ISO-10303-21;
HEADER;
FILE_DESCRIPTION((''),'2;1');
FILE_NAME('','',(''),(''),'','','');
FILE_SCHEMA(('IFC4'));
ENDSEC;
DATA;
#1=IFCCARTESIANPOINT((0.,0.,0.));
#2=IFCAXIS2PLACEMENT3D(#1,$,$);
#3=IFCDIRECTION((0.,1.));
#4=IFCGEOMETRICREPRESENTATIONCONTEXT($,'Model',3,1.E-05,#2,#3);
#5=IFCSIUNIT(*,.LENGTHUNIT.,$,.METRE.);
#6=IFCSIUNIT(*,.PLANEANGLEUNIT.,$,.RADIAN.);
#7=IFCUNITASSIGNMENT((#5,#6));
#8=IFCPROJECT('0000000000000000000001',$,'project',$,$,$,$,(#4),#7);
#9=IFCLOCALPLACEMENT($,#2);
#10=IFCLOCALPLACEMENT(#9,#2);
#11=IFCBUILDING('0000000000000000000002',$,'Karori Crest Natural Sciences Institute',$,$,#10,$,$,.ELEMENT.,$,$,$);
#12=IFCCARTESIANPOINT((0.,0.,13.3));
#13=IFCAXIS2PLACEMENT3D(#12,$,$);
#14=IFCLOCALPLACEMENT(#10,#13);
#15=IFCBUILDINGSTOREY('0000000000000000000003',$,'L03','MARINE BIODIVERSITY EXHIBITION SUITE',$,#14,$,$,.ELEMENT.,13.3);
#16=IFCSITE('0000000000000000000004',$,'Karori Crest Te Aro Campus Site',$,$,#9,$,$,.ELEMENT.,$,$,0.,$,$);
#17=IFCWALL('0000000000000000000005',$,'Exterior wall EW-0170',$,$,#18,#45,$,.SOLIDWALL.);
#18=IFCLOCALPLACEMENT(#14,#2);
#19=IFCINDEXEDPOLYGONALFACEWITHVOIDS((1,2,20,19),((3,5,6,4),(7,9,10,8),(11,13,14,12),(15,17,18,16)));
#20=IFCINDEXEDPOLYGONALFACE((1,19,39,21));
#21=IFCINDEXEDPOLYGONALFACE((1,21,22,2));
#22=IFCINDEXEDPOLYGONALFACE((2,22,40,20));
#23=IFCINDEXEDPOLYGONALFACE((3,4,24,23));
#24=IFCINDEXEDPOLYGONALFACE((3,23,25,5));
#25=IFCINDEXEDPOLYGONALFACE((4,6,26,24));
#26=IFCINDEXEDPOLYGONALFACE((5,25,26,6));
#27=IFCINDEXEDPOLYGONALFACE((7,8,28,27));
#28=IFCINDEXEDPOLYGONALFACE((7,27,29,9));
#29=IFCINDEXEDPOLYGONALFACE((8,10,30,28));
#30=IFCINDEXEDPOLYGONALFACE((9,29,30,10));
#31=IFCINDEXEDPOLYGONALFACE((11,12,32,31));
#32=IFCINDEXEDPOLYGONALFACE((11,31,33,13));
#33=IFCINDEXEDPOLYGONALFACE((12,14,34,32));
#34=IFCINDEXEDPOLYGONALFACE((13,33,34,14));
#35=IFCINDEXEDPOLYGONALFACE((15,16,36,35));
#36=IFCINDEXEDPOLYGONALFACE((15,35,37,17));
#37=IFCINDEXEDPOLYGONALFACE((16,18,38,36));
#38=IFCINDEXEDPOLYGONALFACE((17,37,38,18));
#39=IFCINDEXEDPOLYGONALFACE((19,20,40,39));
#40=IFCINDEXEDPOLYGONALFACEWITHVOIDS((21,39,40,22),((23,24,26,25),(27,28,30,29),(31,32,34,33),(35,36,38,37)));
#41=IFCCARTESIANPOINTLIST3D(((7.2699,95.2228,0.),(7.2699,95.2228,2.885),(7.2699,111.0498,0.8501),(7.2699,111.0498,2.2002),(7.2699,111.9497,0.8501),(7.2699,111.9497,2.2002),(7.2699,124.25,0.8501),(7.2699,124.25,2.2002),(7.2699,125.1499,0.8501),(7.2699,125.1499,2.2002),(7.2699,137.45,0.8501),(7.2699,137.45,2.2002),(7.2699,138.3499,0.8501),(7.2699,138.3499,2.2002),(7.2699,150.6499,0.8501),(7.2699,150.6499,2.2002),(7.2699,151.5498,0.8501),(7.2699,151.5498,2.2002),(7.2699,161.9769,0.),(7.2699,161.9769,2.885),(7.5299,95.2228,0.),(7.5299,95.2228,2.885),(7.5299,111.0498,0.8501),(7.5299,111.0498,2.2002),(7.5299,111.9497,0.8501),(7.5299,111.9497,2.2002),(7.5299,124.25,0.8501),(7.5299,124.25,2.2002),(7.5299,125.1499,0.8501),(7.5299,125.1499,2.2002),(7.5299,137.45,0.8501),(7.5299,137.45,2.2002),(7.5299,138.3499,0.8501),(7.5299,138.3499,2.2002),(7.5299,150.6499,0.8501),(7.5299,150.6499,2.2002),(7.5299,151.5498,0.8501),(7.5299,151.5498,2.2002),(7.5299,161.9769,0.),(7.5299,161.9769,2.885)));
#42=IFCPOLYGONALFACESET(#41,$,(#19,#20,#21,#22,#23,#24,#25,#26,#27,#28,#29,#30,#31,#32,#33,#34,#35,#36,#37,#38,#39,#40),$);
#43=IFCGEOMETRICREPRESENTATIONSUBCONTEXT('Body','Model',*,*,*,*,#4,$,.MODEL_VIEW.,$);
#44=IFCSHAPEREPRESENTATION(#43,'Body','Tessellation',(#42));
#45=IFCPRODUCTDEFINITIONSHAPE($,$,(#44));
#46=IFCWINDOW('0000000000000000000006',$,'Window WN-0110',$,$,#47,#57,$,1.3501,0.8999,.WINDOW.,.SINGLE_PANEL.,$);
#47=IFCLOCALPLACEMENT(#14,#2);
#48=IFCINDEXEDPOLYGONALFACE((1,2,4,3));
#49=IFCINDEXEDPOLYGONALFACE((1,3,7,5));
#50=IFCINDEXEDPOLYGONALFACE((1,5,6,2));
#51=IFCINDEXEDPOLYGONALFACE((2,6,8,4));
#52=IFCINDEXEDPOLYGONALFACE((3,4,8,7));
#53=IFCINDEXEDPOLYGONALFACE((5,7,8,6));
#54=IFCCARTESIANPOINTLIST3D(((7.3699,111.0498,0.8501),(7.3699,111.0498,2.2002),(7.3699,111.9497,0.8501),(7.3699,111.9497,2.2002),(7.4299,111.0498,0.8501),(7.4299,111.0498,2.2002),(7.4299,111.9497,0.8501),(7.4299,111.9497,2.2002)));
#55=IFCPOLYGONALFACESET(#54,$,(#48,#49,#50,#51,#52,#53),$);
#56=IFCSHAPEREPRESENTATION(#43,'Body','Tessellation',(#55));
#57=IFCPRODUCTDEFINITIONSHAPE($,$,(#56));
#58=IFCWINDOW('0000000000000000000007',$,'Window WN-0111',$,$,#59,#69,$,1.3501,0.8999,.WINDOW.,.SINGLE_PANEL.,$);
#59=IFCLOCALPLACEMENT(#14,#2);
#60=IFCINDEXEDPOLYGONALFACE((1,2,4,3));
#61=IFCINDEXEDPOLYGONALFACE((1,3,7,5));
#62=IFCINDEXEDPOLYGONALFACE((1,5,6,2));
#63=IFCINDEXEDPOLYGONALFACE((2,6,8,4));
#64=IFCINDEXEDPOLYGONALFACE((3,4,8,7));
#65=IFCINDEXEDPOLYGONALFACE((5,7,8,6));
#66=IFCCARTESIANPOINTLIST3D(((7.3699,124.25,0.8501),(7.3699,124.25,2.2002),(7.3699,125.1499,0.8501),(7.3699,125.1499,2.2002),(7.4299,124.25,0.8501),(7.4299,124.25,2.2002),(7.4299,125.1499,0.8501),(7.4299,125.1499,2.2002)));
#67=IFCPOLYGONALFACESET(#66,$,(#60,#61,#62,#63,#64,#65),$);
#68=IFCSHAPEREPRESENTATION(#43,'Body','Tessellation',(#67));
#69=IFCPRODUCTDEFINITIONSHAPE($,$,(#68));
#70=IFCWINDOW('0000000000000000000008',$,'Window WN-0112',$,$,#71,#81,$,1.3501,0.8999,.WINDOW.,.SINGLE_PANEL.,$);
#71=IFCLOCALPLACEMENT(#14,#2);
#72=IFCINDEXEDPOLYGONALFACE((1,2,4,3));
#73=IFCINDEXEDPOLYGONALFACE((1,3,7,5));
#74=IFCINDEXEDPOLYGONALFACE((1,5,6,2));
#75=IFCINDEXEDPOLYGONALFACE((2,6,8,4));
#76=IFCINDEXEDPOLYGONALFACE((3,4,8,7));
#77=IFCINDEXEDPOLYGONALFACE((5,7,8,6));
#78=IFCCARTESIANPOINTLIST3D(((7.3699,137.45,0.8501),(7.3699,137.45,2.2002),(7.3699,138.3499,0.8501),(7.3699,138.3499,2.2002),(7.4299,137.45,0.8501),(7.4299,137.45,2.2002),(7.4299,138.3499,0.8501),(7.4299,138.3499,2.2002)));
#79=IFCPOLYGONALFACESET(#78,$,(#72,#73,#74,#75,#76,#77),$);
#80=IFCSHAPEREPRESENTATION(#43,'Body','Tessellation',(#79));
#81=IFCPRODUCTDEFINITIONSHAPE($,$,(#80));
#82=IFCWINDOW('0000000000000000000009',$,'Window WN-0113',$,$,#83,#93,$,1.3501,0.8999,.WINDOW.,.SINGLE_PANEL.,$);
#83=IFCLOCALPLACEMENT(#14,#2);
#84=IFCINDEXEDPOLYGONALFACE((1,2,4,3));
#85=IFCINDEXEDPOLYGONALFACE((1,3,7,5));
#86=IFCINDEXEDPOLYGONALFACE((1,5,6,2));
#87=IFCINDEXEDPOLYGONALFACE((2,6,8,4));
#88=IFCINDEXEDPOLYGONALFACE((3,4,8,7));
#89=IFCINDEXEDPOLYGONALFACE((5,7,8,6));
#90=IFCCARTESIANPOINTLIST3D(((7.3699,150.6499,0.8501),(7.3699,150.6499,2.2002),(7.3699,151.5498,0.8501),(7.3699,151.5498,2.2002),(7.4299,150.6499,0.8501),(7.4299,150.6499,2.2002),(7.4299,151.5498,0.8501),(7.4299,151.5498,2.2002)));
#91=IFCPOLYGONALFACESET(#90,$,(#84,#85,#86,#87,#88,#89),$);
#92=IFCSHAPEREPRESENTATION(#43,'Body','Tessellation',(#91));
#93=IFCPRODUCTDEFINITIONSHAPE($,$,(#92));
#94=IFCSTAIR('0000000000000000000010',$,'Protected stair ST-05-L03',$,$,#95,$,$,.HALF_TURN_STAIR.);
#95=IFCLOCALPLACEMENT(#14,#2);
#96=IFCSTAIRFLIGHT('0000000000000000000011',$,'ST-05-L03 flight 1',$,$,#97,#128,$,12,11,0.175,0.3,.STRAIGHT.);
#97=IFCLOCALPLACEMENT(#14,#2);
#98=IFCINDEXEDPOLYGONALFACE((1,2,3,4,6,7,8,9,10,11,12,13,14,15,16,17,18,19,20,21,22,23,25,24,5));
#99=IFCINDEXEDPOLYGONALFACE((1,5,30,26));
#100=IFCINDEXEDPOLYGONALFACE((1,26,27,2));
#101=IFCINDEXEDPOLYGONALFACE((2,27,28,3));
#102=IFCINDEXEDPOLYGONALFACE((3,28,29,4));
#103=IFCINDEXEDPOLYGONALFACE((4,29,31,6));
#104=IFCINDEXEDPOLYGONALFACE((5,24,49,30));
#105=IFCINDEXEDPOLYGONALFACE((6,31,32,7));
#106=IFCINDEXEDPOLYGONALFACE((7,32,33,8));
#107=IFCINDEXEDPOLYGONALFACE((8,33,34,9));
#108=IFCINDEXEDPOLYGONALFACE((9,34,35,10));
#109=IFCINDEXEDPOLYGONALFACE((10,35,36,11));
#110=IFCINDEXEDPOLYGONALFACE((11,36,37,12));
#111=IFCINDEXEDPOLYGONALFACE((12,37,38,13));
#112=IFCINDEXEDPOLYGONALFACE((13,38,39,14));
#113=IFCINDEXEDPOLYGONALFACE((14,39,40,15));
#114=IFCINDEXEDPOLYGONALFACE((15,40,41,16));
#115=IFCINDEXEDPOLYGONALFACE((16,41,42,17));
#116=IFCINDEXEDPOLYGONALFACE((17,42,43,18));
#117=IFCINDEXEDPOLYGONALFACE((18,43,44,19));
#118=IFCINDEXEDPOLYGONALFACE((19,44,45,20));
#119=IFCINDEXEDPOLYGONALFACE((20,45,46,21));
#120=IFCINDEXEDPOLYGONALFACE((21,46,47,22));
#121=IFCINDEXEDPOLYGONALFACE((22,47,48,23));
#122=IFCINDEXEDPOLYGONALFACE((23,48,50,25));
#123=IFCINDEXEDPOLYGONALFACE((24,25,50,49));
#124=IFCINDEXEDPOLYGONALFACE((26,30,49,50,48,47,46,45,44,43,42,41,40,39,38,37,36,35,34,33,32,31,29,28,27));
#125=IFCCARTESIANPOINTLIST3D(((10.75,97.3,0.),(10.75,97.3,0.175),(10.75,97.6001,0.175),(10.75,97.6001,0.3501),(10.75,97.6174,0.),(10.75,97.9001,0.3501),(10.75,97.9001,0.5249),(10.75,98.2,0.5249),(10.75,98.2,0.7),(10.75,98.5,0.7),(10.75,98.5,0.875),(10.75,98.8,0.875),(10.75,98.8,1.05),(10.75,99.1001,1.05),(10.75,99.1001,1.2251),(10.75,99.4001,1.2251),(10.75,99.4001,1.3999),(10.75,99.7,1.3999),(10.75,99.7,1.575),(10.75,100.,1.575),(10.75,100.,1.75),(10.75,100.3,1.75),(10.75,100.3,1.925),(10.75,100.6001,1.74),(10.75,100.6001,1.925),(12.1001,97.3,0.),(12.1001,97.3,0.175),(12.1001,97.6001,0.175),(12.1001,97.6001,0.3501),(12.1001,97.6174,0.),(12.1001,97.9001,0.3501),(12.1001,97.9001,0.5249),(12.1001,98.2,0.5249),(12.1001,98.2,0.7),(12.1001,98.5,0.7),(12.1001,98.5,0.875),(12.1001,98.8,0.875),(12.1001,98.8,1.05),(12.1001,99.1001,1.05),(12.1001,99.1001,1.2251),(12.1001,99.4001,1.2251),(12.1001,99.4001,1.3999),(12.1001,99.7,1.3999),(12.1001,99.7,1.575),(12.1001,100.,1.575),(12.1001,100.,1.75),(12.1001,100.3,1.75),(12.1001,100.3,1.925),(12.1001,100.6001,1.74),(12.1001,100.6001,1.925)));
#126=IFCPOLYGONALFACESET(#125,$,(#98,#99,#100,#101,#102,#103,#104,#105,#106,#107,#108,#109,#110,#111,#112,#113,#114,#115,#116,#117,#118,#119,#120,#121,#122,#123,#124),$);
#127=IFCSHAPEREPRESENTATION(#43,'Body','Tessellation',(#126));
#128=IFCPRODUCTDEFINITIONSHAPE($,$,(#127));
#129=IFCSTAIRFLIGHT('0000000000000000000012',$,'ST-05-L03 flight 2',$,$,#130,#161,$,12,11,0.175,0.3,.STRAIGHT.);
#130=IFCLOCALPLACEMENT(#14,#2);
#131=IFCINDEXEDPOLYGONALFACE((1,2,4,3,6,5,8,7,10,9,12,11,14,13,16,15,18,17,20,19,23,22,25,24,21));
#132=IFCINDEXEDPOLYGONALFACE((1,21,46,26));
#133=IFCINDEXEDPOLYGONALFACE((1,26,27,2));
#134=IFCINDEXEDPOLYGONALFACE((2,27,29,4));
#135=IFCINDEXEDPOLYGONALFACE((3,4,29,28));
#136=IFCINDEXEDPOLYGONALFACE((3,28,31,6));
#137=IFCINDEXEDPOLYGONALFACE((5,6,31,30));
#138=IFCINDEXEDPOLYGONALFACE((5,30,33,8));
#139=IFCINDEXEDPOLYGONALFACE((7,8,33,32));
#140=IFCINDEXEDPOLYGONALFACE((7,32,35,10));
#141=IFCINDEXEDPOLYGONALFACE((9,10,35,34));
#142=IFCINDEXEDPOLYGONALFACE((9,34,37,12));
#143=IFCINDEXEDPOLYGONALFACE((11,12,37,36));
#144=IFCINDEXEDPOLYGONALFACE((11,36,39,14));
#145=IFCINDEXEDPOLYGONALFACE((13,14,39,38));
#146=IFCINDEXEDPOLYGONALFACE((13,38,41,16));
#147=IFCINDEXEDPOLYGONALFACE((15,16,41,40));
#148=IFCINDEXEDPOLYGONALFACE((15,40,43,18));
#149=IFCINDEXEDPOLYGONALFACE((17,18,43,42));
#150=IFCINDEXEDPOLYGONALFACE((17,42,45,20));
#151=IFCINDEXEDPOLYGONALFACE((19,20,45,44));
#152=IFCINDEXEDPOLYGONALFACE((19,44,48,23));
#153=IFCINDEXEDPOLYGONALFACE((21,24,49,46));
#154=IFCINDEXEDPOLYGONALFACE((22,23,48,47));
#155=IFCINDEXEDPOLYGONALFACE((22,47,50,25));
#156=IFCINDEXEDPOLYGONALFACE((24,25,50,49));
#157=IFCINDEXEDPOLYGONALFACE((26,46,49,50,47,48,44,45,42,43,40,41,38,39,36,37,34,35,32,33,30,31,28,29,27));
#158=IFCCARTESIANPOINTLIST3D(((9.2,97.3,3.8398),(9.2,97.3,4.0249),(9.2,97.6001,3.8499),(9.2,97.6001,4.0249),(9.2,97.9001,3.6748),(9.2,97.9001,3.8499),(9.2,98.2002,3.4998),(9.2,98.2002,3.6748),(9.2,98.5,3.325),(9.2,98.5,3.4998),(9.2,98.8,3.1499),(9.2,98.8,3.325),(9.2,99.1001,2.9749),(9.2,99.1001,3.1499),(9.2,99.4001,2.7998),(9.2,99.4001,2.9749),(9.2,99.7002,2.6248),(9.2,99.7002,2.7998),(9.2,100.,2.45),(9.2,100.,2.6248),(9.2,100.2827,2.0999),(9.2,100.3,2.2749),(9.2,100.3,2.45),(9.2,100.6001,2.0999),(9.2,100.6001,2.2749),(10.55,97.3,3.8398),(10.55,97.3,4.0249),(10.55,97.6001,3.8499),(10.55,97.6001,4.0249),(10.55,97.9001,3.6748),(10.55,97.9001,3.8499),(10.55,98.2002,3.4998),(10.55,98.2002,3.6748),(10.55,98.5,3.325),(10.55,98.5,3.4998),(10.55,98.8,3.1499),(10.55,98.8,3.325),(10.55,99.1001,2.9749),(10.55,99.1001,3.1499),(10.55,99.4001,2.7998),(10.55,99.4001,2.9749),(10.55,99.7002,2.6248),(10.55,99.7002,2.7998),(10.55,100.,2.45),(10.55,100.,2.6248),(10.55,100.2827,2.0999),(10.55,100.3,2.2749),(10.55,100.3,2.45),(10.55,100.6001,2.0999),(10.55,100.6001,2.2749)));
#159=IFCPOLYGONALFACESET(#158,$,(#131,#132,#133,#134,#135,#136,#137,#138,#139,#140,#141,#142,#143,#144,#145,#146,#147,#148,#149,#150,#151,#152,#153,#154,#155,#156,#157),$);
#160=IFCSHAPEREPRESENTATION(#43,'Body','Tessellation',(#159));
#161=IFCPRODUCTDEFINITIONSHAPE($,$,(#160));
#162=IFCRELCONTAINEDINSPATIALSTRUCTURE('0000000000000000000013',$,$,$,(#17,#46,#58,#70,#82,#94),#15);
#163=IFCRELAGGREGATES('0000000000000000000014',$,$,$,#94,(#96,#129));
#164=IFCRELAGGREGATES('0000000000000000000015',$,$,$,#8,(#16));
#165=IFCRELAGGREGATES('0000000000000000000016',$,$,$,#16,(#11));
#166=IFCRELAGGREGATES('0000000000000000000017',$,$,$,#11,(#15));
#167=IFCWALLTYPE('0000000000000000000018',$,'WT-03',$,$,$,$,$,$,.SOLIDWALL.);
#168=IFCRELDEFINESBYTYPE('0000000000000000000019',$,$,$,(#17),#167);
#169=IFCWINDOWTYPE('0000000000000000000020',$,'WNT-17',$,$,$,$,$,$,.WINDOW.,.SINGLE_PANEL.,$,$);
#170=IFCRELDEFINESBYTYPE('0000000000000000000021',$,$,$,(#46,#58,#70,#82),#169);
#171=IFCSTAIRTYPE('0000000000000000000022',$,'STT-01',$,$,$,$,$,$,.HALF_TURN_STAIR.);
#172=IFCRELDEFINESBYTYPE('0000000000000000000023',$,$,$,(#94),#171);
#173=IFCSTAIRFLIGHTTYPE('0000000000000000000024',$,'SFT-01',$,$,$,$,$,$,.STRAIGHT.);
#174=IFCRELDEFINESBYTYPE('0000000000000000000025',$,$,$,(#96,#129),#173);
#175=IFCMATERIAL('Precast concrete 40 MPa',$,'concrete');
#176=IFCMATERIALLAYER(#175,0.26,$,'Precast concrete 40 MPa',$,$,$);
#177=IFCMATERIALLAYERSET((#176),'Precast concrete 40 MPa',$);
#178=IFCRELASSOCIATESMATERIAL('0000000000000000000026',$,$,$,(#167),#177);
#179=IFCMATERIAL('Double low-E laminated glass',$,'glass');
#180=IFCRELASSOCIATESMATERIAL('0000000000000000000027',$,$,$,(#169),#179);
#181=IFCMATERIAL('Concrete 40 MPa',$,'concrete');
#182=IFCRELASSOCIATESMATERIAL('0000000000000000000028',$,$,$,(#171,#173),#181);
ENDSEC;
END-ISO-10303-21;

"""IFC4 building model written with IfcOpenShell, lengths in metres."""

from ifc_helpers import new_model, si_unit, direction, frame, frame_2d, origin, place, context, subcontext, project, spatial, polyline, rectangle, outline, extrude, material, layer, layer_set, type_object, element, fill, aggregate, save


model = new_model("IFC4")

# Units and contexts
model_context = context("Model", 3, precision=1e-05, world=origin(), true_north=direction((0.0, 1.0)))
body_context = subcontext(model_context, "Body", "Model", "MODEL_VIEW")
ifc_project = project(units=[si_unit("LENGTHUNIT", "METRE"), si_unit("PLANEANGLEUNIT", "RADIAN")], contexts=[model_context])

# Site, building, storey
site_placement = place(None, origin())
site = spatial("IfcSite", under=ifc_project, at=site_placement, Name="Karori Crest Te Aro Campus Site", CompositionType="ELEMENT", RefElevation=0.0)
building_placement = place(site_placement, origin())
building = spatial("IfcBuilding", under=site, at=building_placement, Name="Karori Crest Natural Sciences Institute", CompositionType="ELEMENT")
storey_placement = place(building_placement, frame((0.0, 0.0, 13.3)))
storey = spatial("IfcBuildingStorey", under=building, at=storey_placement, Name="L03", Description="MARINE BIODIVERSITY EXHIBITION SUITE", CompositionType="ELEMENT", Elevation=13.3)

# Wall, openings, windows
ifc_material_1 = material(Name="Precast concrete 40 MPa", Category="concrete")
ifc_layer_1 = layer(ifc_material_1, 0.26, Name="Precast concrete 40 MPa")
ifc_layer_set_1 = layer_set([ifc_layer_1], Name="Precast concrete 40 MPa")
wall_type_1 = type_object("IfcWallType", Name="WT-03", PredefinedType="SOLIDWALL", material=ifc_layer_set_1)
wall_1_placement = place(storey_placement, frame((7.3999, 95.2229, 0.0), z_axis=(0.0, 0.0, 1.0), x_axis=(0.0, 1.0, 0.0)))
wall_1 = element("IfcWall", 1, at=wall_1_placement, inside=storey, type_object=wall_type_1, Name="Exterior wall EW-0170", PredefinedType="SOLIDWALL", context=body_context, shape_type="SweptSolid", body=[
    extrude(rectangle(XDim=66.7542, YDim=0.26, at=frame_2d((33.377, 0.0))), origin(), (0.0, 0.0, 1.0), 2.885),
])
opening_1_placement = place(wall_1_placement, frame((15.8269, 0.0, 0.8501)))
opening_1 = element("IfcOpeningElement", 2, at=opening_1_placement, cuts=wall_1, PredefinedType="OPENING", context=body_context, shape_type="SweptSolid", body=[
    extrude(rectangle(XDim=0.8999, YDim=1.3501, at=frame_2d((0.45, 0.675))), frame((0.0, 0.1401, 0.0), z_axis=(0.0, -1.0, 0.0), x_axis=(1.0, 0.0, 0.0)), (0.0, 0.0, 1.0), 0.28),
])
opening_2_placement = place(wall_1_placement, frame((29.0271, 0.0, 0.8501)))
opening_2 = element("IfcOpeningElement", 3, at=opening_2_placement, cuts=wall_1, PredefinedType="OPENING", context=body_context, shape_type="SweptSolid", body=[
    extrude(rectangle(XDim=0.8999, YDim=1.3501, at=frame_2d((0.45, 0.675))), frame((0.0, 0.1401, 0.0), z_axis=(0.0, -1.0, 0.0), x_axis=(1.0, 0.0, 0.0)), (0.0, 0.0, 1.0), 0.28),
])
opening_3_placement = place(wall_1_placement, frame((42.2271, 0.0, 0.8501)))
opening_3 = element("IfcOpeningElement", 4, at=opening_3_placement, cuts=wall_1, PredefinedType="OPENING", context=body_context, shape_type="SweptSolid", body=[
    extrude(rectangle(XDim=0.8999, YDim=1.3501, at=frame_2d((0.45, 0.675))), frame((0.0, 0.1401, 0.0), z_axis=(0.0, -1.0, 0.0), x_axis=(1.0, 0.0, 0.0)), (0.0, 0.0, 1.0), 0.28),
])
opening_4_placement = place(wall_1_placement, frame((55.427, 0.0, 0.8501)))
opening_4 = element("IfcOpeningElement", 5, at=opening_4_placement, cuts=wall_1, PredefinedType="OPENING", context=body_context, shape_type="SweptSolid", body=[
    extrude(rectangle(XDim=0.8999, YDim=1.3501, at=frame_2d((0.45, 0.675))), frame((0.0, 0.1401, 0.0), z_axis=(0.0, -1.0, 0.0), x_axis=(1.0, 0.0, 0.0)), (0.0, 0.0, 1.0), 0.28),
])
ifc_material_2 = material(Name="Double low-E laminated glass", Category="glass")
window_type = type_object("IfcWindowType", Name="WNT-17", PartitioningType="SINGLE_PANEL", PredefinedType="WINDOW", material=ifc_material_2)
window_1_placement = place(opening_1_placement, origin())
window_1 = element("IfcWindow", 6, at=window_1_placement, inside=storey, type_object=window_type, Name="Window WN-0110", OverallHeight=1.3501, OverallWidth=0.8999, PartitioningType="SINGLE_PANEL", PredefinedType="WINDOW", context=body_context, shape_type="SweptSolid", body=[
    extrude(rectangle(XDim=0.8999, YDim=1.3501, at=frame_2d((0.45, 0.675))), frame((0.0, 0.03, 0.0), z_axis=(0.0, -1.0, 0.0), x_axis=(1.0, 0.0, 0.0)), (0.0, 0.0, 1.0), 0.0601),
])
fill(opening_1, window_1)
window_2_placement = place(opening_2_placement, origin())
window_2 = element("IfcWindow", 7, at=window_2_placement, inside=storey, type_object=window_type, Name="Window WN-0111", OverallHeight=1.3501, OverallWidth=0.8999, PartitioningType="SINGLE_PANEL", PredefinedType="WINDOW", context=body_context, shape_type="SweptSolid", body=[
    extrude(rectangle(XDim=0.8999, YDim=1.3501, at=frame_2d((0.45, 0.675))), frame((0.0, 0.03, 0.0), z_axis=(0.0, -1.0, 0.0), x_axis=(1.0, 0.0, 0.0)), (0.0, 0.0, 1.0), 0.0601),
])
fill(opening_2, window_2)
window_3_placement = place(opening_3_placement, origin())
window_3 = element("IfcWindow", 8, at=window_3_placement, inside=storey, type_object=window_type, Name="Window WN-0112", OverallHeight=1.3501, OverallWidth=0.8999, PartitioningType="SINGLE_PANEL", PredefinedType="WINDOW", context=body_context, shape_type="SweptSolid", body=[
    extrude(rectangle(XDim=0.8999, YDim=1.3501, at=frame_2d((0.45, 0.675))), frame((0.0, 0.03, 0.0), z_axis=(0.0, -1.0, 0.0), x_axis=(1.0, 0.0, 0.0)), (0.0, 0.0, 1.0), 0.0601),
])
fill(opening_3, window_3)
window_4_placement = place(opening_4_placement, origin())
window_4 = element("IfcWindow", 9, at=window_4_placement, inside=storey, type_object=window_type, Name="Window WN-0113", OverallHeight=1.3501, OverallWidth=0.8999, PartitioningType="SINGLE_PANEL", PredefinedType="WINDOW", context=body_context, shape_type="SweptSolid", body=[
    extrude(rectangle(XDim=0.8999, YDim=1.3501, at=frame_2d((0.45, 0.675))), frame((0.0, 0.03, 0.0), z_axis=(0.0, -1.0, 0.0), x_axis=(1.0, 0.0, 0.0)), (0.0, 0.0, 1.0), 0.0601),
])
fill(opening_4, window_4)

# Stair, stair flights
ifc_material_3 = material(Name="Concrete 40 MPa", Category="concrete")
stair_type = type_object("IfcStairType", Name="STT-01", PredefinedType="HALF_TURN_STAIR", material=ifc_material_3)
stair_placement = place(storey_placement, origin())
stair = element("IfcStair", 10, at=stair_placement, inside=storey, type_object=stair_type, Name="Protected stair ST-05-L03", PredefinedType="HALF_TURN_STAIR")
stair_flight_type = type_object("IfcStairFlightType", Name="SFT-01", PredefinedType="STRAIGHT", material=ifc_material_3)
stair_flight_1_placement = place(storey_placement, frame((11.425, 97.3, 0.0), z_axis=(0.0, 0.0, 1.0), x_axis=(0.0, 1.0, 0.0)))
stair_flight_1 = element("IfcStairFlight", 11, at=stair_flight_1_placement, type_object=stair_flight_type, Name="ST-05-L03 flight 1", NumberOfRisers=12, NumberOfTreads=11, PredefinedType="STRAIGHT", RiserHeight=0.175, TreadLength=0.3, context=body_context, shape_type="SweptSolid", body=[
    extrude(outline(polyline([(0.0, 0.0), (0.0, 0.175), (0.3, 0.175), (0.3, 0.3501), (0.6001, 0.3501), (0.6001, 0.5249), (0.8999, 0.5249), (0.8999, 0.7), (1.2, 0.7), (1.2, 0.875), (1.5, 0.875), (1.5, 1.05), (1.8, 1.05), (1.8, 1.2251), (2.1001, 1.2251), (2.1001, 1.3999), (2.3999, 1.3999), (2.3999, 1.575), (2.7, 1.575), (2.7, 1.75), (3.0, 1.75), (3.0, 1.925), (3.3, 1.925), (3.3, 2.1001), (3.3, 1.74), (0.3174, 0.0), (0.0, 0.0)])), frame((0.0, 0.675, 0.0), z_axis=(0.0, -1.0, 0.0), x_axis=(1.0, 0.0, 0.0)), (0.0, 0.0, 1.0), 1.3501),
])
stair_flight_2_placement = place(storey_placement, frame((9.875, 100.6001, 2.0999), z_axis=(0.0, 0.0, 1.0), x_axis=(0.0, -1.0, 0.0)))
stair_flight_2 = element("IfcStairFlight", 12, at=stair_flight_2_placement, type_object=stair_flight_type, Name="ST-05-L03 flight 2", NumberOfRisers=12, NumberOfTreads=11, PredefinedType="STRAIGHT", RiserHeight=0.175, TreadLength=0.3, context=body_context, shape_type="SweptSolid", body=[
    extrude(outline(polyline([(0.0, 0.0), (0.0, 0.175), (0.3, 0.175), (0.3, 0.3501), (0.6001, 0.3501), (0.6001, 0.5249), (0.8999, 0.5249), (0.8999, 0.7), (1.2, 0.7), (1.2, 0.875), (1.5, 0.875), (1.5, 1.05), (1.8, 1.05), (1.8, 1.2251), (2.1001, 1.2251), (2.1001, 1.3999), (2.3999, 1.3999), (2.3999, 1.575), (2.7, 1.575), (2.7, 1.75), (3.0, 1.75), (3.0, 1.925), (3.3, 1.925), (3.3, 2.1001), (3.3, 1.74), (0.3174, 0.0), (0.0, 0.0)])), frame((0.0, 0.675, 0.0), z_axis=(0.0, -1.0, 0.0), x_axis=(1.0, 0.0, 0.0)), (0.0, 0.0, 1.0), 1.3501),
])
aggregate(stair, [stair_flight_1, stair_flight_2])

save(model, "model.ifc")
